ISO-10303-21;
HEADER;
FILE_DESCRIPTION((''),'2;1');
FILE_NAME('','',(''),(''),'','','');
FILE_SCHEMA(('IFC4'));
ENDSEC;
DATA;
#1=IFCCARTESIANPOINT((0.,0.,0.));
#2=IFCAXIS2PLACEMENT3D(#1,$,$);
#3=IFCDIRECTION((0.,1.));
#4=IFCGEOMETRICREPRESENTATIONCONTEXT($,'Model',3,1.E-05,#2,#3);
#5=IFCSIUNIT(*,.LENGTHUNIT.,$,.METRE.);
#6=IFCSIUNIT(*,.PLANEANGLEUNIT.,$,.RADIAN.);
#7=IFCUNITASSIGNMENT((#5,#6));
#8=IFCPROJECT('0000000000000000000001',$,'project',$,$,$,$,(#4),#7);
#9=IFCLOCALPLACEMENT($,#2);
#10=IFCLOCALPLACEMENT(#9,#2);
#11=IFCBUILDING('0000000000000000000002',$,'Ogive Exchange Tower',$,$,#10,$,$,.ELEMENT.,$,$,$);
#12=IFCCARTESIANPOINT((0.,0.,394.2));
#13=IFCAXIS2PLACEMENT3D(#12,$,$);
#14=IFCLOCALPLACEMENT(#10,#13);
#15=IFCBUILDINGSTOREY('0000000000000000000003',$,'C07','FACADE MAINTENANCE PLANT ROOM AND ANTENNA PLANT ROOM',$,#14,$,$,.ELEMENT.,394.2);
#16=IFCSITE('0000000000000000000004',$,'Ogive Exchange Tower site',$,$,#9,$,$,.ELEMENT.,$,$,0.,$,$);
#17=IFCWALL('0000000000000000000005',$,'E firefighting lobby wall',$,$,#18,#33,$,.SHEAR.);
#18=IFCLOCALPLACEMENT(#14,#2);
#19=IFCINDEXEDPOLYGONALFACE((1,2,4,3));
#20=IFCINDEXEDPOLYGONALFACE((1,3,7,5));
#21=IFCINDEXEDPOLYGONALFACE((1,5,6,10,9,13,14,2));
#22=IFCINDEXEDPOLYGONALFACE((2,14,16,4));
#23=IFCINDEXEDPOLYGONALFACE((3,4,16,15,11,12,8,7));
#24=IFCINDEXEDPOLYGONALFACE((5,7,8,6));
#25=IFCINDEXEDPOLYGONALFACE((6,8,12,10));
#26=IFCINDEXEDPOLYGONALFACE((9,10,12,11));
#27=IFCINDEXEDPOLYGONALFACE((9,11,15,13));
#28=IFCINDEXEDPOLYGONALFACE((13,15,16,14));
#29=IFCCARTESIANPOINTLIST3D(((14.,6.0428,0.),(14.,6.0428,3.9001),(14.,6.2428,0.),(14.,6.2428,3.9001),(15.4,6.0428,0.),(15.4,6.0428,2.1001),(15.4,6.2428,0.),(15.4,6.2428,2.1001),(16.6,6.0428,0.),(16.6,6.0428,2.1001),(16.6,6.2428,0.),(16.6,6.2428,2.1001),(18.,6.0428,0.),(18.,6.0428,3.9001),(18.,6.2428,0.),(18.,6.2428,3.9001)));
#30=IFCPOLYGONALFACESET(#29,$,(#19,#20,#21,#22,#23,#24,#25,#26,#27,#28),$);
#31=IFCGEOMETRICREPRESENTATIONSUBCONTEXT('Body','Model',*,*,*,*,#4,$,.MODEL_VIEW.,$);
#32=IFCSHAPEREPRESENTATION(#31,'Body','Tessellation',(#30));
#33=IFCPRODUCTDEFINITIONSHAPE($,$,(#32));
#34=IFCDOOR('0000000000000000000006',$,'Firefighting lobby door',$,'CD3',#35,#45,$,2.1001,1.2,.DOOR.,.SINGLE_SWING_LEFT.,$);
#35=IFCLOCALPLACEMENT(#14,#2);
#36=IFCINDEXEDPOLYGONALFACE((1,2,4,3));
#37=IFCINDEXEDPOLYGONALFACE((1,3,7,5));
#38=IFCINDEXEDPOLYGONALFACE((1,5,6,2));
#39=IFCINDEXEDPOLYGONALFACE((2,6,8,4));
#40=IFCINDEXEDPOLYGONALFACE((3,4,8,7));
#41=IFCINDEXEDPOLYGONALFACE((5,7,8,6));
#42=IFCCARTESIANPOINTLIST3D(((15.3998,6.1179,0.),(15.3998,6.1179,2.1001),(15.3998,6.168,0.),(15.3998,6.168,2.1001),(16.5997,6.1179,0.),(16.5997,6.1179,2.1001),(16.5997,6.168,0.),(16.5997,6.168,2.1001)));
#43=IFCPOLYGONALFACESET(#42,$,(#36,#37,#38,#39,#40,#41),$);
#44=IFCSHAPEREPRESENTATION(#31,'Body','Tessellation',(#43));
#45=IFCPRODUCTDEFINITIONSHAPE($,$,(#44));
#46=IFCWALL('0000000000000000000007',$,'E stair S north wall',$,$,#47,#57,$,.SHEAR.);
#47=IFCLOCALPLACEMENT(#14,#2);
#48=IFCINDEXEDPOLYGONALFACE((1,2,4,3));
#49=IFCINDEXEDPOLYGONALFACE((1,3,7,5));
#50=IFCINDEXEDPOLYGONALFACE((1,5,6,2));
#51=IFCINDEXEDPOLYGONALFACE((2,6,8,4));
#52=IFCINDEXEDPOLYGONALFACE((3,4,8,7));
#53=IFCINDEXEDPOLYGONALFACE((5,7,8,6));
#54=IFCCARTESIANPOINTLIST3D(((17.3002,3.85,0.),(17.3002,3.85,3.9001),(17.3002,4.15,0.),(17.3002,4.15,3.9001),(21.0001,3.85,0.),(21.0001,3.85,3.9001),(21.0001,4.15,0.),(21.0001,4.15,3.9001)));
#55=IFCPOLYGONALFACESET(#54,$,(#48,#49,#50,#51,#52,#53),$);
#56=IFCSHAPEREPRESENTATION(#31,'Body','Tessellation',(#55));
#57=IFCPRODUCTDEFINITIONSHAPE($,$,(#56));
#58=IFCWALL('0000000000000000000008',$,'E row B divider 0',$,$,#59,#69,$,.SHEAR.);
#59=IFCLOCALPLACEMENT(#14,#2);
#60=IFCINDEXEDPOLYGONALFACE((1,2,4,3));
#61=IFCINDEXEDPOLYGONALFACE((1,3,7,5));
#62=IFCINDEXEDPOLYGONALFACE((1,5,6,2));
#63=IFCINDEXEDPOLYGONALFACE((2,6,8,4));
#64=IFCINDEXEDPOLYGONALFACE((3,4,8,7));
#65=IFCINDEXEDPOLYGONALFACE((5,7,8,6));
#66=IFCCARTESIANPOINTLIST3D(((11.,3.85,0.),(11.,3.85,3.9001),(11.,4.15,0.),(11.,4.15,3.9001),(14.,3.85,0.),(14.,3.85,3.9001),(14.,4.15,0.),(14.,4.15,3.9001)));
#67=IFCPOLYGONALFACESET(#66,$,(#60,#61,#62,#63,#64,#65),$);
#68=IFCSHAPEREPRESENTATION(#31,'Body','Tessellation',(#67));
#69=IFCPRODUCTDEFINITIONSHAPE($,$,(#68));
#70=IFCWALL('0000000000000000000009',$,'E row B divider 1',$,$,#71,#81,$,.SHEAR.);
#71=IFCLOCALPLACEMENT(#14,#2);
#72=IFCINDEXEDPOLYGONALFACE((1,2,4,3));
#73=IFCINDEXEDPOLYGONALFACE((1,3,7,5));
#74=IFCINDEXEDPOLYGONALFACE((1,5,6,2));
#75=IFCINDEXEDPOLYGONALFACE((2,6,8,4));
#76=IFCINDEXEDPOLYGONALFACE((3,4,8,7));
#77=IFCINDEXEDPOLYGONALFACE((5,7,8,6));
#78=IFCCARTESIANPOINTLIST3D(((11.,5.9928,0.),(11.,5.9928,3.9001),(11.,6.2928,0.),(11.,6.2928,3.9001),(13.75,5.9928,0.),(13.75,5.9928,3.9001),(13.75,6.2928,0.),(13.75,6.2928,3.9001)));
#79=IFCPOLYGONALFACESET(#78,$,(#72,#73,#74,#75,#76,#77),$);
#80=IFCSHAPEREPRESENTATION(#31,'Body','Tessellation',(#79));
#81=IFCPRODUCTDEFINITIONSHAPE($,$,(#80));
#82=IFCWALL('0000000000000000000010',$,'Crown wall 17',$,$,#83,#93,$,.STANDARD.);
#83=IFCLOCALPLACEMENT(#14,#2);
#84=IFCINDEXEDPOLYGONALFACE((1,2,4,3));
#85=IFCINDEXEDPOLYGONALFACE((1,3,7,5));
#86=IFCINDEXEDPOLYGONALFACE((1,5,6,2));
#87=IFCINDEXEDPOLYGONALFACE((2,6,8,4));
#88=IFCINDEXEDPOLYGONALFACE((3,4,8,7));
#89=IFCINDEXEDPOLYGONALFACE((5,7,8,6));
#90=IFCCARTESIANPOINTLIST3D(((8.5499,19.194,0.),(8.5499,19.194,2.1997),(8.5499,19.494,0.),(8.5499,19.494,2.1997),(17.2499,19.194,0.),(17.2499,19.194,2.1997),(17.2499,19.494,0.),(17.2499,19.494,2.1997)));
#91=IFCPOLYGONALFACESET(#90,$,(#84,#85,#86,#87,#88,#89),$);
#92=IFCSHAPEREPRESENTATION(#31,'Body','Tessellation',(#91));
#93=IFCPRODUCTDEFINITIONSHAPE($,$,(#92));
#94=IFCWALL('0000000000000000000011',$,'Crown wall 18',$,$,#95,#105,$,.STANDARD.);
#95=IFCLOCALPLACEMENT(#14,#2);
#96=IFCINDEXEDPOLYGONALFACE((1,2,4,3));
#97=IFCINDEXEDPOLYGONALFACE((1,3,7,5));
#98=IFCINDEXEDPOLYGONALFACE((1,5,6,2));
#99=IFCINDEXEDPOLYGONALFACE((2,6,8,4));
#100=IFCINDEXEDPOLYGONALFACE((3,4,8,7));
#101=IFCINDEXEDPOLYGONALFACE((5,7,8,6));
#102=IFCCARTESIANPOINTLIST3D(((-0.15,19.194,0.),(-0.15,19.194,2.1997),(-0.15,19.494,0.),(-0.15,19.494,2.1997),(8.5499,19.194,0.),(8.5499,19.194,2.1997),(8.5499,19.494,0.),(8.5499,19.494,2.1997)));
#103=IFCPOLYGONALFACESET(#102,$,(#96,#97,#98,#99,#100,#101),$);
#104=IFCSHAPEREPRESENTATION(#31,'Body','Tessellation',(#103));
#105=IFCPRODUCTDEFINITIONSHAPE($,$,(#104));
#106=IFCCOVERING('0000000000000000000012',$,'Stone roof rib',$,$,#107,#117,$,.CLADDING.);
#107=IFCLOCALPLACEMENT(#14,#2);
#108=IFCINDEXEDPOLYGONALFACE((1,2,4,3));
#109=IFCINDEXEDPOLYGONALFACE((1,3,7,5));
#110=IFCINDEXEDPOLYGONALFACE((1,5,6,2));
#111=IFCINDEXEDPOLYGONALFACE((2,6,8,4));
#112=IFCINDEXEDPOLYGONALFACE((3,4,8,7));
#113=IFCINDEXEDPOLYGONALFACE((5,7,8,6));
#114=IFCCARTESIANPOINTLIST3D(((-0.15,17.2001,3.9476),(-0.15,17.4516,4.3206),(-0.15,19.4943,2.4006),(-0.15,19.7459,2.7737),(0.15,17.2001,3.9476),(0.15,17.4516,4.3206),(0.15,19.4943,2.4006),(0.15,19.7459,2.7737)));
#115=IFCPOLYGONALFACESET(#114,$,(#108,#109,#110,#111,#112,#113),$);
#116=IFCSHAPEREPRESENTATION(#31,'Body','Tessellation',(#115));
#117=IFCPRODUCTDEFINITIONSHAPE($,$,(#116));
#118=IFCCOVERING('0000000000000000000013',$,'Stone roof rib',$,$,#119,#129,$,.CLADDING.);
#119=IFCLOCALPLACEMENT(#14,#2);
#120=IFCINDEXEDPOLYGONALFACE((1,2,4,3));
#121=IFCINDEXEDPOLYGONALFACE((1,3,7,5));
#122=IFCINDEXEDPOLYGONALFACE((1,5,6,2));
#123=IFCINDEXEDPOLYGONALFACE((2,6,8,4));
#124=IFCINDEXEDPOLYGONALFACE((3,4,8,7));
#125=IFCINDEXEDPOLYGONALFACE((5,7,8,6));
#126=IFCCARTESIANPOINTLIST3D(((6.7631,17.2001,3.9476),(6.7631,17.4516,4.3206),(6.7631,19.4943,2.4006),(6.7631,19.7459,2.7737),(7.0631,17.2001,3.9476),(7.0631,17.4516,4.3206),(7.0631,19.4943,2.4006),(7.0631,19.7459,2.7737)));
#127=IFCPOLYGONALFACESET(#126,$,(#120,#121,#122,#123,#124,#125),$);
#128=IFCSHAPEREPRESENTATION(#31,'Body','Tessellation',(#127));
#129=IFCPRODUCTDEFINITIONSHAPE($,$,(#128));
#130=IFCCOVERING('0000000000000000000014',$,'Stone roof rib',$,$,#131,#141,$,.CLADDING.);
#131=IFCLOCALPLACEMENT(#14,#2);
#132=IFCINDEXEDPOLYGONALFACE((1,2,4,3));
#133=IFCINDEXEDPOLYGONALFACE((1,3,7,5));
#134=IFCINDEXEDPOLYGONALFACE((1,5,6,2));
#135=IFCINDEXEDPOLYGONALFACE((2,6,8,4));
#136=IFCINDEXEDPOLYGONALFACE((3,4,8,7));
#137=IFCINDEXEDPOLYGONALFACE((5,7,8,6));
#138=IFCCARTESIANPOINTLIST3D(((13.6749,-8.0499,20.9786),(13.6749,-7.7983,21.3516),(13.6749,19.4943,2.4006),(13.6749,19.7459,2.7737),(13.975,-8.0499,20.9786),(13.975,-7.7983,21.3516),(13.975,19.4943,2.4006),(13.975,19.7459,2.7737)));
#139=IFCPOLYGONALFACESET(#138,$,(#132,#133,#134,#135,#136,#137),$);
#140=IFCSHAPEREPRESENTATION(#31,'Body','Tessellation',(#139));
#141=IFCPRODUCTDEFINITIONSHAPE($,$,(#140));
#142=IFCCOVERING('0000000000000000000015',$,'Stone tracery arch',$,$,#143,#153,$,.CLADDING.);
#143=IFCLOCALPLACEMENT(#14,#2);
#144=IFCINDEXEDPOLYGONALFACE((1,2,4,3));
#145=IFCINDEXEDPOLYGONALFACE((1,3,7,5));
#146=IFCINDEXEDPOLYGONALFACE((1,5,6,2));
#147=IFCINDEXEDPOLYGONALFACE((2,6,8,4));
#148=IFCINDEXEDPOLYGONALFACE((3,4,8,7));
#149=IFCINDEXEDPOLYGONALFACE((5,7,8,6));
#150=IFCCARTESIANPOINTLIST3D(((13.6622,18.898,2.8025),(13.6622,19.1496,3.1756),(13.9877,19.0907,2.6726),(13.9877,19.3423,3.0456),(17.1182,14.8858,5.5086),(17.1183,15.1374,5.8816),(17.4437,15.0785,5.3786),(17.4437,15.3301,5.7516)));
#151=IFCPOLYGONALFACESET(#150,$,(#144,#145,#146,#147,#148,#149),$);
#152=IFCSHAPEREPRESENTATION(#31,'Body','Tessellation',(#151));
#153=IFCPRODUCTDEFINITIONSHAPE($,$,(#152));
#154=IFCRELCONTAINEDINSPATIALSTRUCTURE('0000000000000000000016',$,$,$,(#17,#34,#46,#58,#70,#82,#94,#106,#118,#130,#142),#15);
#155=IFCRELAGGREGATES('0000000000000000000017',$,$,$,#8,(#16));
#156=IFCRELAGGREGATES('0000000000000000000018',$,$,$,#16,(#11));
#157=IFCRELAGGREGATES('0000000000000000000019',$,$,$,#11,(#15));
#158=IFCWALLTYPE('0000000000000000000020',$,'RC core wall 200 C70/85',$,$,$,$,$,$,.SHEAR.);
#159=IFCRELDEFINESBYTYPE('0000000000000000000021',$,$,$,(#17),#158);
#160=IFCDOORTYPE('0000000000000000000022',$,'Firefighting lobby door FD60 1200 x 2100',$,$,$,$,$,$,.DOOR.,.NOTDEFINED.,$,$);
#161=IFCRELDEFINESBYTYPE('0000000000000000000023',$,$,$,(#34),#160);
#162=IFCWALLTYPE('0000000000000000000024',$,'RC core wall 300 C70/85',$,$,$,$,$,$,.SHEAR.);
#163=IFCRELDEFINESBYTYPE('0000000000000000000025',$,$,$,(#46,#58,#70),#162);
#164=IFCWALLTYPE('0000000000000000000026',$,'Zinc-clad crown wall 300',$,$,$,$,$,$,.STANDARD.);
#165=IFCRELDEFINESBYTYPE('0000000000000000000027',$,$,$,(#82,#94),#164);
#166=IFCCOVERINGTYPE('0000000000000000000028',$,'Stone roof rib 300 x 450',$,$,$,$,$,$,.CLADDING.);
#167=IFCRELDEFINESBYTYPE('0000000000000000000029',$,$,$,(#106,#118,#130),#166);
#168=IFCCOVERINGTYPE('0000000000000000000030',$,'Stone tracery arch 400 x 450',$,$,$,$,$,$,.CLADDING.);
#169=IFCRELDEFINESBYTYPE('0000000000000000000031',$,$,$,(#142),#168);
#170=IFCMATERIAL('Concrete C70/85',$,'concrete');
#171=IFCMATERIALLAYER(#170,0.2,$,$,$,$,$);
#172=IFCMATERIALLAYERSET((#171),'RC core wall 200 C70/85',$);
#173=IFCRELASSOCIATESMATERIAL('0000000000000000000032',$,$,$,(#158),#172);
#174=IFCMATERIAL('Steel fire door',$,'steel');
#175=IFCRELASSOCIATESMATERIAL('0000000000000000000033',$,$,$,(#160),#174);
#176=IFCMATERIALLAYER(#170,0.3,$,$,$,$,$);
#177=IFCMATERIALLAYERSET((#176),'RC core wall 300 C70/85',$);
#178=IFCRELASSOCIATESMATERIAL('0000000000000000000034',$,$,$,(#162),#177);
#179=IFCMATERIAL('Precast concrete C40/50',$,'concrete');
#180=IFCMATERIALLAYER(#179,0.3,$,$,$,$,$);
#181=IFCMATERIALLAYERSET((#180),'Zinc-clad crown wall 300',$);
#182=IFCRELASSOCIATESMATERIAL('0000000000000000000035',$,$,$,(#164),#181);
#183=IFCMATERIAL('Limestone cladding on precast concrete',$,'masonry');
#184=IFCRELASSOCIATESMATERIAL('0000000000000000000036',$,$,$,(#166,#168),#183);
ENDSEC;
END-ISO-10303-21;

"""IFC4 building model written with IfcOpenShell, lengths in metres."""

from ifc_helpers import new_model, si_unit, direction, frame, frame_2d, origin, origin_2d, place, context, subcontext, project, spatial, rectangle, extrude, material, layer, layer_set, material_profile, profile_set, type_object, element, fill, save


model = new_model("IFC4")

# Units and contexts
model_context = context("Model", 3, precision=1e-05, world=origin(), true_north=direction((0.0, 1.0)))
body_context = subcontext(model_context, "Body", "Model", "MODEL_VIEW")
ifc_project = project(units=[si_unit("LENGTHUNIT", "METRE"), si_unit("PLANEANGLEUNIT", "RADIAN")], contexts=[model_context])

# Site, building, storey
site_placement = place(None, origin())
site = spatial("IfcSite", under=ifc_project, at=site_placement, Name="Ogive Exchange Tower site", CompositionType="ELEMENT", RefElevation=0.0)
building_placement = place(site_placement, origin())
building = spatial("IfcBuilding", under=site, at=building_placement, Name="Ogive Exchange Tower", CompositionType="ELEMENT")
storey_placement = place(building_placement, frame((0.0, 0.0, 394.2)))
storey = spatial("IfcBuildingStorey", under=building, at=storey_placement, Name="C07", Description="FACADE MAINTENANCE PLANT ROOM AND ANTENNA PLANT ROOM", CompositionType="ELEMENT", Elevation=394.2)

# Shared definitions
ifc_material_1 = material(Name="Precast concrete C40/50", Category="concrete")

# Wall, opening, door
ifc_material_2 = material(Name="Concrete C70/85", Category="concrete")
ifc_layer_1 = layer(ifc_material_2, 0.2)
ifc_layer_set_1 = layer_set([ifc_layer_1], Name="RC core wall 200 C70/85")
wall_type_1 = type_object("IfcWallType", Name="RC core wall 200 C70/85", PredefinedType="SHEAR", material=ifc_layer_set_1)
wall_1_placement = place(storey_placement, frame((14.0, 6.1428, 0.0), z_axis=(0.0, 0.0, 1.0), x_axis=(1.0, 0.0, 0.0)))
wall_1 = element("IfcWall", 1, at=wall_1_placement, inside=storey, type_object=wall_type_1, Name="E firefighting lobby wall", PredefinedType="SHEAR", context=body_context, shape_type="SweptSolid", body=[
    extrude(rectangle(XDim=4.0, YDim=0.2, at=frame_2d((2.0, 0.0))), origin(), (0.0, 0.0, 1.0), 3.9001),
])
opening_placement = place(wall_1_placement, frame((1.3999, 0.0, 0.0)))
opening = element("IfcOpeningElement", 2, at=opening_placement, cuts=wall_1, PredefinedType="OPENING", context=body_context, shape_type="SweptSolid", body=[
    extrude(rectangle(XDim=1.2, YDim=2.1001, at=frame_2d((0.6001, 1.05))), frame((0.0, 0.1099, 0.0), z_axis=(0.0, -1.0, 0.0), x_axis=(1.0, 0.0, 0.0)), (0.0, 0.0, 1.0), 0.22),
])
ifc_material_3 = material(Name="Steel fire door", Category="steel")
door_type = type_object("IfcDoorType", Name="Firefighting lobby door FD60 1200 x 2100", OperationType="NOTDEFINED", PredefinedType="DOOR", material=ifc_material_3)
door_placement = place(opening_placement, frame((1.2, 0.0, 0.0), z_axis=(0.0, 0.0, 1.0), x_axis=(-1.0, 0.0, 0.0)))
door = element("IfcDoor", 3, at=door_placement, inside=storey, type_object=door_type, Name="Firefighting lobby door", ObjectType="CD3", OperationType="SINGLE_SWING_LEFT", OverallHeight=2.1001, OverallWidth=1.2, PredefinedType="DOOR", context=body_context, shape_type="SweptSolid", body=[
    extrude(rectangle(XDim=1.2, YDim=2.1001, at=frame_2d((0.6001, 1.05))), frame((0.0, 0.0249, 0.0), z_axis=(0.0, -1.0, 0.0), x_axis=(1.0, 0.0, 0.0)), (0.0, 0.0, 1.0), 0.05),
])
fill(opening, door)

# Walls
ifc_layer_2 = layer(ifc_material_2, 0.3)
ifc_layer_set_2 = layer_set([ifc_layer_2], Name="RC core wall 300 C70/85")
wall_type_2 = type_object("IfcWallType", Name="RC core wall 300 C70/85", PredefinedType="SHEAR", material=ifc_layer_set_2)
wall_2_placement = place(storey_placement, frame((17.3, 4.0, 0.0), z_axis=(0.0, 0.0, 1.0), x_axis=(1.0, 0.0, 0.0)))
element("IfcWall", 4, at=wall_2_placement, inside=storey, type_object=wall_type_2, Name="E stair S north wall", PredefinedType="SHEAR", context=body_context, shape_type="SweptSolid", body=[
    extrude(rectangle(XDim=3.7, YDim=0.3, at=frame_2d((1.8501, 0.0))), origin(), (0.0, 0.0, 1.0), 3.9001),
])
wall_3_placement = place(storey_placement, frame((11.0, 4.0, 0.0), z_axis=(0.0, 0.0, 1.0), x_axis=(1.0, 0.0, 0.0)))
element("IfcWall", 5, at=wall_3_placement, inside=storey, type_object=wall_type_2, Name="E row B divider 0", PredefinedType="SHEAR", context=body_context, shape_type="SweptSolid", body=[
    extrude(rectangle(XDim=3.0, YDim=0.3, at=frame_2d((1.5, 0.0))), origin(), (0.0, 0.0, 1.0), 3.9001),
])
wall_4_placement = place(storey_placement, frame((11.0, 6.1428, 0.0), z_axis=(0.0, 0.0, 1.0), x_axis=(1.0, 0.0, 0.0)))
element("IfcWall", 6, at=wall_4_placement, inside=storey, type_object=wall_type_2, Name="E row B divider 1", PredefinedType="SHEAR", context=body_context, shape_type="SweptSolid", body=[
    extrude(rectangle(XDim=2.75, YDim=0.3, at=frame_2d((1.375, 0.0))), origin(), (0.0, 0.0, 1.0), 3.9001),
])
ifc_layer_3 = layer(ifc_material_1, 0.3)
ifc_layer_set_3 = layer_set([ifc_layer_3], Name="Zinc-clad crown wall 300")
wall_type_3 = type_object("IfcWallType", Name="Zinc-clad crown wall 300", PredefinedType="STANDARD", material=ifc_layer_set_3)
for number, where, z_axis, x_axis, name in (
    (7, (17.25, 19.344, 0.0), (0.0, 0.0, 1.0), (-1.0, 0.0, 0.0), "Crown wall 17"),
    (8, (8.55, 19.344, 0.0), (0.0, 0.0, 1.0), (-1.0, 0.0, 0.0), "Crown wall 18"),
):
    element("IfcWall", number, at=place(storey_placement, frame(where, z_axis=z_axis, x_axis=x_axis)), inside=storey, type_object=wall_type_3, Name=name, PredefinedType="STANDARD", context=body_context, shape_type="SweptSolid", body=[
        extrude(rectangle(XDim=8.7, YDim=0.3, at=frame_2d((4.3501, 0.0))), origin(), (0.0, 0.0, 1.0), 2.1997),
    ])

# Coverings
ifc_material_4 = material(Name="Limestone cladding on precast concrete", Category="masonry")
ifc_material_profile_1 = material_profile(ifc_material_4, rectangle(XDim=0.3, YDim=0.45, at=origin_2d()), Name="RIB 300 x 450")
ifc_profile_set_1 = profile_set([ifc_material_profile_1], Name="Limestone cladding on precast concrete")
covering_type_1 = type_object("IfcCoveringType", Name="Stone roof rib 300 x 450", PredefinedType="CLADDING", material=ifc_profile_set_1)
for number, where, z_axis, x_axis, name in (
    (9, (0.0, 19.6201, 2.5872), (0.0, -0.829134, 0.55905), (1.0, 0.0, 0.0), "Stone roof rib"),
    (10, (6.9131, 19.6201, 2.5872), (0.0, -0.829134, 0.55905), (1.0, 0.0, 0.0), "Stone roof rib"),
):
    element("IfcCovering", number, at=place(storey_placement, frame(where, z_axis=z_axis, x_axis=x_axis)), inside=storey, type_object=covering_type_1, Name=name, PredefinedType="CLADDING", context=body_context, shape_type="SweptSolid", body=[
        extrude(rectangle(XDim=0.3, YDim=0.45, at=origin_2d()), origin(), (0.0, 0.0, 1.0), 2.7671),
    ])
covering_1_placement = place(storey_placement, frame((13.825, 19.6201, 2.5872), z_axis=(0.0, -0.82905, 0.559174), x_axis=(1.0, 0.0, 0.0)))
element("IfcCovering", 11, at=covering_1_placement, inside=storey, type_object=covering_type_1, Name="Stone roof rib", PredefinedType="CLADDING", context=body_context, shape_type="SweptSolid", body=[
    extrude(rectangle(XDim=0.3, YDim=0.45, at=origin_2d()), origin(), (0.0, 0.0, 1.0), 33.2239),
])
ifc_material_profile_2 = material_profile(ifc_material_4, rectangle(XDim=0.3999, YDim=0.45, at=origin_2d()), Name="TRACERY 400 x 450")
ifc_profile_set_2 = profile_set([ifc_material_profile_2], Name="Limestone cladding on precast concrete")
covering_type_2 = type_object("IfcCoveringType", Name="Stone tracery arch 400 x 450", PredefinedType="CLADDING", material=ifc_profile_set_2)
covering_2_placement = place(storey_placement, frame((13.825, 19.1201, 2.9241), z_axis=(0.581159, -0.674679, 0.455041), x_axis=(0.81379, 0.481799, -0.324984)))
element("IfcCovering", 12, at=covering_2_placement, inside=storey, type_object=covering_type_2, Name="Stone tracery arch", PredefinedType="CLADDING", context=body_context, shape_type="SweptSolid", body=[
    extrude(rectangle(XDim=0.3999, YDim=0.45, at=origin_2d()), origin(), (0.0, 0.0, 1.0), 5.9468),
])

save(model, "model.ifc")
